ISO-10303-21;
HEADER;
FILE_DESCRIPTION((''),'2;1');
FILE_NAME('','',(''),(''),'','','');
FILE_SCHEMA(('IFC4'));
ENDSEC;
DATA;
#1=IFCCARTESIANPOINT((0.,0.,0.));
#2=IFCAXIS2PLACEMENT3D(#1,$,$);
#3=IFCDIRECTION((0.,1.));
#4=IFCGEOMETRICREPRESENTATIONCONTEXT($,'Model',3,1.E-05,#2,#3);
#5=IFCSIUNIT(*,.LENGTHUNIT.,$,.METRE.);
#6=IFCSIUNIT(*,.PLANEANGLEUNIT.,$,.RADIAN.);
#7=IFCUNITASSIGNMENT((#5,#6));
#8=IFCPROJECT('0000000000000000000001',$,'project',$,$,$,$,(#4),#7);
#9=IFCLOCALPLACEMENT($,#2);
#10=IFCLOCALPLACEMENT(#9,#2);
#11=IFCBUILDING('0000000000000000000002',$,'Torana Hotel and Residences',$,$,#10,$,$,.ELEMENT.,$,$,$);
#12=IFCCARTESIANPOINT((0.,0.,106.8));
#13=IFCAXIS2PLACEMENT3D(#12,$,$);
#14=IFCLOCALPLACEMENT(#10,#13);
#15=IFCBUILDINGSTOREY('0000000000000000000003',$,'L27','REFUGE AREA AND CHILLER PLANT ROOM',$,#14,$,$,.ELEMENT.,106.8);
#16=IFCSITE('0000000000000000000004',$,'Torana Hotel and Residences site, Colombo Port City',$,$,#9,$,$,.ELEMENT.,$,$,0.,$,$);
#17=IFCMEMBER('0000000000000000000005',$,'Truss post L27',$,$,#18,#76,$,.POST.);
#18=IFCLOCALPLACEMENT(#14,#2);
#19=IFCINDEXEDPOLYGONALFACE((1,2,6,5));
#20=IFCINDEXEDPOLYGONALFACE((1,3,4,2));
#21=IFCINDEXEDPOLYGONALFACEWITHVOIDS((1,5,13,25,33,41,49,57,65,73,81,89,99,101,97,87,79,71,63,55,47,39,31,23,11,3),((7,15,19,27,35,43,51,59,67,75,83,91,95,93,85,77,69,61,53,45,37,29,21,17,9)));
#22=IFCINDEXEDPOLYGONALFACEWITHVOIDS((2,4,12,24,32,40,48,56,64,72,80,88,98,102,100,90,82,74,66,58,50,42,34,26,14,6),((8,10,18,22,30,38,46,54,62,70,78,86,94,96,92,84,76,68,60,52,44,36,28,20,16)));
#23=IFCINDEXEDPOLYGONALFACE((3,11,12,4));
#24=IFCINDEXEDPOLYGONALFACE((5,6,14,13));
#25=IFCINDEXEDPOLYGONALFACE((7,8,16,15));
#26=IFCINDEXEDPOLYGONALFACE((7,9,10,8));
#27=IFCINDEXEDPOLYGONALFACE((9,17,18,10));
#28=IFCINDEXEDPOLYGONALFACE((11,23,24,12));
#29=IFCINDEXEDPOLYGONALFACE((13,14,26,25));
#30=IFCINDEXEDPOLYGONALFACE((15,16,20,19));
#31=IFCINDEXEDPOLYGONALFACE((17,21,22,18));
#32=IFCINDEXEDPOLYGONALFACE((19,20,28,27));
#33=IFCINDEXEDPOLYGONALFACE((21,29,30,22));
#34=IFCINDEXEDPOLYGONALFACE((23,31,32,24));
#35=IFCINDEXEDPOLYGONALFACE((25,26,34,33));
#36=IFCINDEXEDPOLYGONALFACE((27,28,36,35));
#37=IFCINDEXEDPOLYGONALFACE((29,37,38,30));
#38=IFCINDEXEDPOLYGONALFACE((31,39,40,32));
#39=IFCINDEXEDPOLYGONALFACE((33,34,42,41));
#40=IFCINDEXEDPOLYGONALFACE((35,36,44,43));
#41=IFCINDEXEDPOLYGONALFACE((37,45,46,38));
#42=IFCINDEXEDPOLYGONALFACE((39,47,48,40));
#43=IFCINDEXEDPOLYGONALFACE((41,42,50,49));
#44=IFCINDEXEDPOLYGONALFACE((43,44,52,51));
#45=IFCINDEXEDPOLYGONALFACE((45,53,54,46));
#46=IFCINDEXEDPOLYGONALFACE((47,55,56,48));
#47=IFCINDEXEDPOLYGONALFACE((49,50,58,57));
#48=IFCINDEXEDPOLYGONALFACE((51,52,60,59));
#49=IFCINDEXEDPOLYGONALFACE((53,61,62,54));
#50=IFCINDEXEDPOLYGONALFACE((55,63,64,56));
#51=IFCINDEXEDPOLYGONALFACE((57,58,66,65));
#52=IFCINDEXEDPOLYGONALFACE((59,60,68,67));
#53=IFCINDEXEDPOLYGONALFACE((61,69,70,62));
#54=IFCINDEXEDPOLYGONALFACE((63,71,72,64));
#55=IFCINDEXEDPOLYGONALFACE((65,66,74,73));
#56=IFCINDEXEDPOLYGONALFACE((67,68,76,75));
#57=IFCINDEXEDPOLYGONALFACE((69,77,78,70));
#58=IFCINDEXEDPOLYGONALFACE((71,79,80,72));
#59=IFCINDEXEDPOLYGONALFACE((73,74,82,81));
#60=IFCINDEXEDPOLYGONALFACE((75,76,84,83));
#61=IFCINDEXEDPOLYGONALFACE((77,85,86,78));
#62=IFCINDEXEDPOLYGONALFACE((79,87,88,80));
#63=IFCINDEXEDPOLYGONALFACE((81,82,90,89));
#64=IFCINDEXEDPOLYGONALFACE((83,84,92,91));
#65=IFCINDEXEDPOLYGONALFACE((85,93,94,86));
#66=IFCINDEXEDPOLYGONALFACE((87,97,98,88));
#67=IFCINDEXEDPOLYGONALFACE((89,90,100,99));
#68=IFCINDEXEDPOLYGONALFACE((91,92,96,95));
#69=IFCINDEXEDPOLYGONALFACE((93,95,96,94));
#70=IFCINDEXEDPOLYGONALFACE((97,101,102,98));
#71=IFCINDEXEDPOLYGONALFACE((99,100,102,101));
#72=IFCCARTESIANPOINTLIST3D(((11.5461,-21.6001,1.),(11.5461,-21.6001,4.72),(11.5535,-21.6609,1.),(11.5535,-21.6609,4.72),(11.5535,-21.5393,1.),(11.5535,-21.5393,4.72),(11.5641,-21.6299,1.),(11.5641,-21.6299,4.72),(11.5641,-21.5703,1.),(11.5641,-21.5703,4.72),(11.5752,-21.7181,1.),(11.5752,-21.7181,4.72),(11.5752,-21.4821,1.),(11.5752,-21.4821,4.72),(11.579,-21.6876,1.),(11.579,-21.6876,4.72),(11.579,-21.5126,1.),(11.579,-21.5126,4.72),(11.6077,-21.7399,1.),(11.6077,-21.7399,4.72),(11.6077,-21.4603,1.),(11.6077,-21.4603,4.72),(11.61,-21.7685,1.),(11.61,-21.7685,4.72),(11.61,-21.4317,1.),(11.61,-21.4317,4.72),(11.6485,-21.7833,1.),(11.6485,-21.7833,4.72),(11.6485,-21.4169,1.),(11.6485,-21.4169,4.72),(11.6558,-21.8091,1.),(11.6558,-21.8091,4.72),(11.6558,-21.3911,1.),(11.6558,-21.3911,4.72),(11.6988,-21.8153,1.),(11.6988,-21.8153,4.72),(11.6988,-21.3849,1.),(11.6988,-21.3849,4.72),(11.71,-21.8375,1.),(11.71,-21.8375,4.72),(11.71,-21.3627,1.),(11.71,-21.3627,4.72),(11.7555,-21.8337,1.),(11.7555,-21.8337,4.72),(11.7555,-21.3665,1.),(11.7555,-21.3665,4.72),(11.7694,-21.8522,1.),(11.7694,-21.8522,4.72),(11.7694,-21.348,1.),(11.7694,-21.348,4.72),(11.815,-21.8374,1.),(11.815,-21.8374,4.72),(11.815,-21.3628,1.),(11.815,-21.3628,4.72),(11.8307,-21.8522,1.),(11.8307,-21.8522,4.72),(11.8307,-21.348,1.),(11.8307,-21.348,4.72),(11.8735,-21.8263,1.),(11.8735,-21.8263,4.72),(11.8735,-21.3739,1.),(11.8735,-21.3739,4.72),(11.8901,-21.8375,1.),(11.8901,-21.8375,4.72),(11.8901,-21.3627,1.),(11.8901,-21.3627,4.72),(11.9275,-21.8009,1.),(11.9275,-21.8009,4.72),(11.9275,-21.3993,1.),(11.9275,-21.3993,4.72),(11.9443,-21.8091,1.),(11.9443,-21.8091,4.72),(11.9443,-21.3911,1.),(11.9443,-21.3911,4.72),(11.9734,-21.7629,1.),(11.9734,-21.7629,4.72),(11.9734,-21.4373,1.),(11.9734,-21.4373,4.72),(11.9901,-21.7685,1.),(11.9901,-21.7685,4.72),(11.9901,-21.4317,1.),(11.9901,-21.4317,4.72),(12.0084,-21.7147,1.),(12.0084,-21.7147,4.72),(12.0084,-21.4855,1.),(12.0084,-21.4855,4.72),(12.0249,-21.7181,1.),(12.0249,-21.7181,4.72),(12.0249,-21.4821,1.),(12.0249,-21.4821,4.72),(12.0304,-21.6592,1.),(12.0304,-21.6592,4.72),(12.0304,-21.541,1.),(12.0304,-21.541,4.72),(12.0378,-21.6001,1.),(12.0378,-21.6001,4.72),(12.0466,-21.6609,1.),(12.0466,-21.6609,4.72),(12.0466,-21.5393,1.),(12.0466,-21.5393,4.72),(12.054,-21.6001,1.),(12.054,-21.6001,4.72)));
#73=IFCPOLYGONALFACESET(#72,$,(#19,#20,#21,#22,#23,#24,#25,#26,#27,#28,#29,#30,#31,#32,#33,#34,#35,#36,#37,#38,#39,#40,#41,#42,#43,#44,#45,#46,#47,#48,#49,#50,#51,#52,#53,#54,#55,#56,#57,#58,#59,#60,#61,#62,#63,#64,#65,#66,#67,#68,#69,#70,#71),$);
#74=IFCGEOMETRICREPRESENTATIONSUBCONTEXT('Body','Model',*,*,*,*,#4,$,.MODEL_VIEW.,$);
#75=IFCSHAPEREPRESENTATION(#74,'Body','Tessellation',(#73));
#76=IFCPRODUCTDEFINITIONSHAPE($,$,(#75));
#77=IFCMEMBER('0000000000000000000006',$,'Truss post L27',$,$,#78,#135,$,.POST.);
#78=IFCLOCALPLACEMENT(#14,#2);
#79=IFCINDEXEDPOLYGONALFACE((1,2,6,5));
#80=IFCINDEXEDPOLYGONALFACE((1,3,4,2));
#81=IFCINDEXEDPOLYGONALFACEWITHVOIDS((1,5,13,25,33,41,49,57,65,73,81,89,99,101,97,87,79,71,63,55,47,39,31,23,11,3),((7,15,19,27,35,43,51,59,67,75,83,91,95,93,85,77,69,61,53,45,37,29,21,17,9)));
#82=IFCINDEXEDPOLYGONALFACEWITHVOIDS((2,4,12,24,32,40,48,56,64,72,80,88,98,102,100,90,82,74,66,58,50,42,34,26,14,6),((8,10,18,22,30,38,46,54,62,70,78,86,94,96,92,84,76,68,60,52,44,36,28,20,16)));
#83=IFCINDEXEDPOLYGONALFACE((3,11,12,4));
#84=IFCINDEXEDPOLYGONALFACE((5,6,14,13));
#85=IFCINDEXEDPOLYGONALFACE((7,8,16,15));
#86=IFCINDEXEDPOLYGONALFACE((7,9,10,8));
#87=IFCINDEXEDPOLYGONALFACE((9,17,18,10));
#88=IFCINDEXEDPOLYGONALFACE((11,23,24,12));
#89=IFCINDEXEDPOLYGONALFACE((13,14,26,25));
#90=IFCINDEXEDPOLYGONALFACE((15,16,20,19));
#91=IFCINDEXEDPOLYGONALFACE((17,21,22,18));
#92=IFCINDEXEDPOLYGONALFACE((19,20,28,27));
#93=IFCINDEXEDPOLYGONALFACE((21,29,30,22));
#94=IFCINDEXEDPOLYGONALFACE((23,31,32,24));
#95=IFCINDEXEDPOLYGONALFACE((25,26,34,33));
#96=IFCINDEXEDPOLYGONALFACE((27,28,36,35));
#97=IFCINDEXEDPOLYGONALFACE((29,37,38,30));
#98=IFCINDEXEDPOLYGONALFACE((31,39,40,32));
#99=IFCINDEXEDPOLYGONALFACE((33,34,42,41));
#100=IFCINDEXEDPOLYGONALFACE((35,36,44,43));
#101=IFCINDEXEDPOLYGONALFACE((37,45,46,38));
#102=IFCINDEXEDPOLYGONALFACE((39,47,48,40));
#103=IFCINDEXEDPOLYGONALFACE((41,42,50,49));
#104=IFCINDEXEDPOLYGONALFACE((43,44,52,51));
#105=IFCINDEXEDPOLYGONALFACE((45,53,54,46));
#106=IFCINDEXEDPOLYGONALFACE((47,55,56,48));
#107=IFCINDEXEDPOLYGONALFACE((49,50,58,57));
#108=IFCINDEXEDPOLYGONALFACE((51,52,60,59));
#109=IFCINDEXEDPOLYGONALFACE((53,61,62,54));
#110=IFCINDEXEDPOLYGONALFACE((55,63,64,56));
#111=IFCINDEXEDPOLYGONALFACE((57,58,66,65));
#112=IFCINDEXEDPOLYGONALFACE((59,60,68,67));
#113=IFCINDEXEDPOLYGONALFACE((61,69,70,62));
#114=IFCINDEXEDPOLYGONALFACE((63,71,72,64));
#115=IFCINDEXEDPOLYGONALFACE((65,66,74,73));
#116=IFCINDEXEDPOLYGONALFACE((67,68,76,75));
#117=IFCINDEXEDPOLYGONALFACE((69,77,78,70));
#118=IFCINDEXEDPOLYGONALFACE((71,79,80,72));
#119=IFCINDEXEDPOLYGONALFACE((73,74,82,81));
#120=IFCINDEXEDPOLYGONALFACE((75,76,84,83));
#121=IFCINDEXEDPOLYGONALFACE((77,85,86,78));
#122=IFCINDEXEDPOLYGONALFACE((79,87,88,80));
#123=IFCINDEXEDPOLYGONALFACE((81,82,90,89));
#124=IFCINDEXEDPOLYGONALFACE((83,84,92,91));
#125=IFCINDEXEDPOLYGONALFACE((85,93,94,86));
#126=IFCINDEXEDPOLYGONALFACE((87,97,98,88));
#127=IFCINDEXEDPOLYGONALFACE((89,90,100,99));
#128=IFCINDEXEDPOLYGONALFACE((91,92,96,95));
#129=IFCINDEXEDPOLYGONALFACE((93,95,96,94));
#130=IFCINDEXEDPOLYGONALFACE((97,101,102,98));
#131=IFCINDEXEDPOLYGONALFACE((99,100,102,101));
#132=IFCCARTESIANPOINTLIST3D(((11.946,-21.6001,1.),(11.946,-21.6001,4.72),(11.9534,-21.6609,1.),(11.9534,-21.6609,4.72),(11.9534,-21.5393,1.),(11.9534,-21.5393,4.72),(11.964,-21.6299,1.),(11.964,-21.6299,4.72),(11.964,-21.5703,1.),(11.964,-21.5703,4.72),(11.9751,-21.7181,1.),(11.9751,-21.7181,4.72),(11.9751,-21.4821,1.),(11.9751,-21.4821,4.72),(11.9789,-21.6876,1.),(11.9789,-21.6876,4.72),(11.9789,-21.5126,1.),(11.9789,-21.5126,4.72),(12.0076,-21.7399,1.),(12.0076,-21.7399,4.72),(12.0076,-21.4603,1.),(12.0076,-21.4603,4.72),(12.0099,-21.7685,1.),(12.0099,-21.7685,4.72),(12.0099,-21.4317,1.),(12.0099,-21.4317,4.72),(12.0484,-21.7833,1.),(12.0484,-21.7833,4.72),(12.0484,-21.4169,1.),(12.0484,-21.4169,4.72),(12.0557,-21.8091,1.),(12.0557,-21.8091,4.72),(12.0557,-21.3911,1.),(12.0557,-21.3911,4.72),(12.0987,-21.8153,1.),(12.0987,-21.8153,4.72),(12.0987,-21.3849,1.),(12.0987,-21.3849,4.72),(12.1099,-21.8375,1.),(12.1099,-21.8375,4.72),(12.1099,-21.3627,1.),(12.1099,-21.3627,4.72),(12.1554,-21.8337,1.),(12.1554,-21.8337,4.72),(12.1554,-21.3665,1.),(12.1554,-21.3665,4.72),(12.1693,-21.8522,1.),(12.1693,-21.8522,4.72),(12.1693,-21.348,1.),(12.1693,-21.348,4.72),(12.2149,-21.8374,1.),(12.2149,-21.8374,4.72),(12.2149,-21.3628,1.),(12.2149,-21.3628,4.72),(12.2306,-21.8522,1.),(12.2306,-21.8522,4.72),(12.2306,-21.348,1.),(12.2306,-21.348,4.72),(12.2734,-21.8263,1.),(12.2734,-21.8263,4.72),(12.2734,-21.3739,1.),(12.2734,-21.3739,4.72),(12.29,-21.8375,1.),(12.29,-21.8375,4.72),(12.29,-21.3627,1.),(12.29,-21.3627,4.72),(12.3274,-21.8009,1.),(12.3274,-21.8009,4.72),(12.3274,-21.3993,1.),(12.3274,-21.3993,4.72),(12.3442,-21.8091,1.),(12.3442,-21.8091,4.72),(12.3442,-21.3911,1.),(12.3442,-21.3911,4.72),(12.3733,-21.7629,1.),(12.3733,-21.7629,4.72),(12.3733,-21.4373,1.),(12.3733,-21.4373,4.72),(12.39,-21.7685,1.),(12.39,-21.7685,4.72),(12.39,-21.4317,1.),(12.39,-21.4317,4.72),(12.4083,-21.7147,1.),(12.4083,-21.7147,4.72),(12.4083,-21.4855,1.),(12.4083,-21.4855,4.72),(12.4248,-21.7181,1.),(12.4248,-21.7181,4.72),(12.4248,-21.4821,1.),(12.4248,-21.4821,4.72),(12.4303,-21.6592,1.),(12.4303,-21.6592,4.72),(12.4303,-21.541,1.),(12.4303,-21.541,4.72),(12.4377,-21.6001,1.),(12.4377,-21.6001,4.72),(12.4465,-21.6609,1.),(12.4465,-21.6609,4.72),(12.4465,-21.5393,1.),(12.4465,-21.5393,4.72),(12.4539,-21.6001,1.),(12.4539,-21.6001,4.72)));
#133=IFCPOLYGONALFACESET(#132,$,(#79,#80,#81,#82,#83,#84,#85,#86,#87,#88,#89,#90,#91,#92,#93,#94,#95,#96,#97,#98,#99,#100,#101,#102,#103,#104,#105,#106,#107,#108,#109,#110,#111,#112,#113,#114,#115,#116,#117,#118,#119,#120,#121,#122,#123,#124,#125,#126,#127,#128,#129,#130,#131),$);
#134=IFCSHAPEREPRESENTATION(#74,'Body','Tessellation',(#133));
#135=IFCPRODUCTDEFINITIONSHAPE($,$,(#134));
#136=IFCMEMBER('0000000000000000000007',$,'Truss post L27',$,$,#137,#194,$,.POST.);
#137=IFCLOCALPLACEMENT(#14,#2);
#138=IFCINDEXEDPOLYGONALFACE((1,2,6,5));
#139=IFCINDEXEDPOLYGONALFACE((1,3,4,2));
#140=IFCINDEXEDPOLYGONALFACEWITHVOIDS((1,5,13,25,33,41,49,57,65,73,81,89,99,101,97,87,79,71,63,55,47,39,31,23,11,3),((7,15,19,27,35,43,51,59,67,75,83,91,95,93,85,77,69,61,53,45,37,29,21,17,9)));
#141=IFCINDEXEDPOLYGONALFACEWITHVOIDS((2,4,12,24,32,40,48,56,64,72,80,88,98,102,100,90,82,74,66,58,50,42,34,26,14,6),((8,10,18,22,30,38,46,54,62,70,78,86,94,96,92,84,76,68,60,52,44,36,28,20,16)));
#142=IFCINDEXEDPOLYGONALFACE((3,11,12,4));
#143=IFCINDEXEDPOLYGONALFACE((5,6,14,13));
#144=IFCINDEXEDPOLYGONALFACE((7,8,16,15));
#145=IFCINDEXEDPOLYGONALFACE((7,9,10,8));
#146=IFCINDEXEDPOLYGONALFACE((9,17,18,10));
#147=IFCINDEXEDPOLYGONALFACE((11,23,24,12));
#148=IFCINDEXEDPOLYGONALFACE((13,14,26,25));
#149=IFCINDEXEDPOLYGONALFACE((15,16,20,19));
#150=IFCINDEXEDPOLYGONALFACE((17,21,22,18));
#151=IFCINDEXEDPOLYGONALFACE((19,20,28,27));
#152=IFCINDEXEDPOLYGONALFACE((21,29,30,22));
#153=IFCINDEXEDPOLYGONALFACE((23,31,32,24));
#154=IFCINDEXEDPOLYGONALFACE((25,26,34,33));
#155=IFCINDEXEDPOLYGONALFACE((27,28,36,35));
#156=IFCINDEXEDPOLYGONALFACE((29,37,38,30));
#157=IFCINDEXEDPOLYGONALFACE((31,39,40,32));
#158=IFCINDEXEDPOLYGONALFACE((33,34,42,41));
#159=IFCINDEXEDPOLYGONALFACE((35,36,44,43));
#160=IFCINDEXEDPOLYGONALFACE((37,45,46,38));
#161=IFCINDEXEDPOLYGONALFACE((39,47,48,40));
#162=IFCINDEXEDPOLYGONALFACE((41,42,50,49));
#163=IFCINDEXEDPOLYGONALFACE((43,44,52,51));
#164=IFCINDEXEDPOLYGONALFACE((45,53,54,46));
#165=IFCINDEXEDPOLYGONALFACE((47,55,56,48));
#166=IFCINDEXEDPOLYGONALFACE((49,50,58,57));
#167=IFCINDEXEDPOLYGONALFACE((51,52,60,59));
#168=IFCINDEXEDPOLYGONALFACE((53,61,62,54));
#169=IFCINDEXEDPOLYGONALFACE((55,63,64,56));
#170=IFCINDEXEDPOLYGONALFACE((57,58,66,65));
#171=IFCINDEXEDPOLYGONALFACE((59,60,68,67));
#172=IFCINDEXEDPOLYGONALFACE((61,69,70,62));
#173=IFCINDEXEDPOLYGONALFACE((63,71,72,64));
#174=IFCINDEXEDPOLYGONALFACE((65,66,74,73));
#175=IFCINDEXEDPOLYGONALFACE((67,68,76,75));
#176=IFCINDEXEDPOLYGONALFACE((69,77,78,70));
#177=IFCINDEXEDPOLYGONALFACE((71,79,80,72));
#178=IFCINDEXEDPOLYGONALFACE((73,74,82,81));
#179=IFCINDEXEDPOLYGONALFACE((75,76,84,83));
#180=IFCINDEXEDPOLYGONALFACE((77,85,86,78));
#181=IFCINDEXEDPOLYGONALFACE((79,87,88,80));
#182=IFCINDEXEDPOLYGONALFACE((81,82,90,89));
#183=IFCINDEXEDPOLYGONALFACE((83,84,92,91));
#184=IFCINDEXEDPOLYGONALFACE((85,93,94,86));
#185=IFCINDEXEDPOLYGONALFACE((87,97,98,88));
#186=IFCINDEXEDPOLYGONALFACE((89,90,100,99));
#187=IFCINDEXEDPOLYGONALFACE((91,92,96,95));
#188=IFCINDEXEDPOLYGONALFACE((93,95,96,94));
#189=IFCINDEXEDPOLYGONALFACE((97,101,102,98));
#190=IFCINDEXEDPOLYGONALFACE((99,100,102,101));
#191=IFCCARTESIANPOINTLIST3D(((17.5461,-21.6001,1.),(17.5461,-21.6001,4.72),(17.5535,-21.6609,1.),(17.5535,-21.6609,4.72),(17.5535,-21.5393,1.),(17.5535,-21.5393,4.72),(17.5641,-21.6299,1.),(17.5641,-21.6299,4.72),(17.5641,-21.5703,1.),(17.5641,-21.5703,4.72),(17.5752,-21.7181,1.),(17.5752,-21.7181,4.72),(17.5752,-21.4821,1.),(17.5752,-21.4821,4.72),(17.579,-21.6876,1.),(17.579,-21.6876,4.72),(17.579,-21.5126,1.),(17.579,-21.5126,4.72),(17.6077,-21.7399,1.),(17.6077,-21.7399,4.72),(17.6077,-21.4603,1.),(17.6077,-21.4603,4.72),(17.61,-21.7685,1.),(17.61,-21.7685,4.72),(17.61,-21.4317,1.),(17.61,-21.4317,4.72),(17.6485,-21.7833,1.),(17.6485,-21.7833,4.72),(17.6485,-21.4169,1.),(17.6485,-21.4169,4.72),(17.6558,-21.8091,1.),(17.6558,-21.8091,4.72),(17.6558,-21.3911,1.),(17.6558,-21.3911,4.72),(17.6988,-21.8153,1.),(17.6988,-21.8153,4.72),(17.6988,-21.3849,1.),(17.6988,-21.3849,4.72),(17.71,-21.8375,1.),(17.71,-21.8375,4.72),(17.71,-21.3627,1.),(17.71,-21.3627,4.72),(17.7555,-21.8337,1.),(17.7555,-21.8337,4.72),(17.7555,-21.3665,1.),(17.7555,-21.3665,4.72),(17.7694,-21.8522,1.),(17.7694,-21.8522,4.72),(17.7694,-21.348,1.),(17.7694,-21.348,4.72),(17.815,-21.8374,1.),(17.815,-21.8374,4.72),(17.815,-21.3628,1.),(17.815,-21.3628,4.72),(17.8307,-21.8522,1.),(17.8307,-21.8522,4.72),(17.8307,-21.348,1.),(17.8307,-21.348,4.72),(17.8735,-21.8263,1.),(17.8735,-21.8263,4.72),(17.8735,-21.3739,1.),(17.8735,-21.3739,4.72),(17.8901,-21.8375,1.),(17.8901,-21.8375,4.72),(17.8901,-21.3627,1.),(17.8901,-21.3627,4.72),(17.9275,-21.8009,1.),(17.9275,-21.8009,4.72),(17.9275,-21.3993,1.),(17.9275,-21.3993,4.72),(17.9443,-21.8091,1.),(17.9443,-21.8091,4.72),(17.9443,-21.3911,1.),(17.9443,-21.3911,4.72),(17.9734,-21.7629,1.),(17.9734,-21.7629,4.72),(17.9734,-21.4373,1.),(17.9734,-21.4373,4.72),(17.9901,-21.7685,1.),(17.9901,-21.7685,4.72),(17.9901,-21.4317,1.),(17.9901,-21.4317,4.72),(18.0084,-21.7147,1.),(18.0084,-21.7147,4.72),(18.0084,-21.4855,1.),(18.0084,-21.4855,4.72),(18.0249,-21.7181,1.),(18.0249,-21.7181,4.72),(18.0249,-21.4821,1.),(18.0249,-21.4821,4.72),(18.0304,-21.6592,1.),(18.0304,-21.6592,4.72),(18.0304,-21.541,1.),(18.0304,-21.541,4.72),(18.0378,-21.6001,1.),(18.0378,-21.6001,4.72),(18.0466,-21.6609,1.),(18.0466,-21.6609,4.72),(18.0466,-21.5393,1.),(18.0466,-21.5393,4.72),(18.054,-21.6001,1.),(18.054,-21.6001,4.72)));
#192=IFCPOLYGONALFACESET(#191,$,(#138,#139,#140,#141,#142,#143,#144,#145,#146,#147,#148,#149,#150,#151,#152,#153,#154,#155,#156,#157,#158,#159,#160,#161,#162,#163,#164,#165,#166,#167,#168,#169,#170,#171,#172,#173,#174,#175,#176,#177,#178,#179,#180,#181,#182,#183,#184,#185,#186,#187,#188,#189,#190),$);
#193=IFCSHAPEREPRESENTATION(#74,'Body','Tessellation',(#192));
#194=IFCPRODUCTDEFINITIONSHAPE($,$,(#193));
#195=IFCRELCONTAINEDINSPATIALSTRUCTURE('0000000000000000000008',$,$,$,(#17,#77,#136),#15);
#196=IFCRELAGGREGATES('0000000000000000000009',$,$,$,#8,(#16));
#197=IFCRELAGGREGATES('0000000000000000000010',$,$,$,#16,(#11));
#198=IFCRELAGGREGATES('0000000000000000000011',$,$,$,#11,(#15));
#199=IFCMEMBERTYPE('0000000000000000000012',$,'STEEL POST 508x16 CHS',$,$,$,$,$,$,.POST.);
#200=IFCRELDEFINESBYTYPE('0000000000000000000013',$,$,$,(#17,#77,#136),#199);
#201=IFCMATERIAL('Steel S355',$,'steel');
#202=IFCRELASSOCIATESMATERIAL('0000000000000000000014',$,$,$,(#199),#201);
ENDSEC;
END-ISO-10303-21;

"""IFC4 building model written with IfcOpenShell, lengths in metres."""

from ifc_helpers import new_model, si_unit, direction, frame, origin, origin_2d, place, context, subcontext, project, spatial, hollow_circle, extrude, material, material_profile, profile_set, type_object, element, save


model = new_model("IFC4")

# Units and contexts
model_context = context("Model", 3, precision=1e-05, world=origin(), true_north=direction((0.0, 1.0)))
body_context = subcontext(model_context, "Body", "Model", "MODEL_VIEW")
ifc_project = project(units=[si_unit("LENGTHUNIT", "METRE"), si_unit("PLANEANGLEUNIT", "RADIAN")], contexts=[model_context])

# Site, building, storey
site_placement = place(None, origin())
site = spatial("IfcSite", under=ifc_project, at=site_placement, Name="Torana Hotel and Residences site, Colombo Port City", CompositionType="ELEMENT", RefElevation=0.0)
building_placement = place(site_placement, origin())
building = spatial("IfcBuilding", under=site, at=building_placement, Name="Torana Hotel and Residences", CompositionType="ELEMENT")
storey_placement = place(building_placement, frame((0.0, 0.0, 106.8)))
storey = spatial("IfcBuildingStorey", under=building, at=storey_placement, Name="L27", Description="REFUGE AREA AND CHILLER PLANT ROOM", CompositionType="ELEMENT", Elevation=106.8)

# Members
ifc_material_1 = material(Name="Steel S355", Category="steel")
ifc_material_profile_1 = material_profile(ifc_material_1, hollow_circle(Radius=0.2539, WallThickness=0.0161, at=origin_2d()), Name="508x16 CHS")
ifc_profile_set_1 = profile_set([ifc_material_profile_1], Name="Steel S355")
member_type_1 = type_object("IfcMemberType", Name="STEEL POST 508x16 CHS", PredefinedType="POST", material=ifc_profile_set_1)
for number, where, z_axis, x_axis, name in (
    (1, (11.8, -21.6001, 1.0), (0.0, 0.0, 1.0), (1.0, 0.0, 0.0), "Truss post L27"),
    (2, (12.2, -21.6001, 1.0), (0.0, 0.0, 1.0), (1.0, 0.0, 0.0), "Truss post L27"),
    (3, (17.8, -21.6001, 1.0), (0.0, 0.0, 1.0), (1.0, 0.0, 0.0), "Truss post L27"),
):
    element("IfcMember", number, at=place(storey_placement, frame(where, z_axis=z_axis, x_axis=x_axis)), inside=storey, type_object=member_type_1, Name=name, PredefinedType="POST", context=body_context, shape_type="SweptSolid", body=[
        extrude(hollow_circle(Radius=0.2539, WallThickness=0.0161, at=origin_2d()), origin(), (0.0, 0.0, 1.0), 3.72),
    ])

save(model, "model.ifc")
